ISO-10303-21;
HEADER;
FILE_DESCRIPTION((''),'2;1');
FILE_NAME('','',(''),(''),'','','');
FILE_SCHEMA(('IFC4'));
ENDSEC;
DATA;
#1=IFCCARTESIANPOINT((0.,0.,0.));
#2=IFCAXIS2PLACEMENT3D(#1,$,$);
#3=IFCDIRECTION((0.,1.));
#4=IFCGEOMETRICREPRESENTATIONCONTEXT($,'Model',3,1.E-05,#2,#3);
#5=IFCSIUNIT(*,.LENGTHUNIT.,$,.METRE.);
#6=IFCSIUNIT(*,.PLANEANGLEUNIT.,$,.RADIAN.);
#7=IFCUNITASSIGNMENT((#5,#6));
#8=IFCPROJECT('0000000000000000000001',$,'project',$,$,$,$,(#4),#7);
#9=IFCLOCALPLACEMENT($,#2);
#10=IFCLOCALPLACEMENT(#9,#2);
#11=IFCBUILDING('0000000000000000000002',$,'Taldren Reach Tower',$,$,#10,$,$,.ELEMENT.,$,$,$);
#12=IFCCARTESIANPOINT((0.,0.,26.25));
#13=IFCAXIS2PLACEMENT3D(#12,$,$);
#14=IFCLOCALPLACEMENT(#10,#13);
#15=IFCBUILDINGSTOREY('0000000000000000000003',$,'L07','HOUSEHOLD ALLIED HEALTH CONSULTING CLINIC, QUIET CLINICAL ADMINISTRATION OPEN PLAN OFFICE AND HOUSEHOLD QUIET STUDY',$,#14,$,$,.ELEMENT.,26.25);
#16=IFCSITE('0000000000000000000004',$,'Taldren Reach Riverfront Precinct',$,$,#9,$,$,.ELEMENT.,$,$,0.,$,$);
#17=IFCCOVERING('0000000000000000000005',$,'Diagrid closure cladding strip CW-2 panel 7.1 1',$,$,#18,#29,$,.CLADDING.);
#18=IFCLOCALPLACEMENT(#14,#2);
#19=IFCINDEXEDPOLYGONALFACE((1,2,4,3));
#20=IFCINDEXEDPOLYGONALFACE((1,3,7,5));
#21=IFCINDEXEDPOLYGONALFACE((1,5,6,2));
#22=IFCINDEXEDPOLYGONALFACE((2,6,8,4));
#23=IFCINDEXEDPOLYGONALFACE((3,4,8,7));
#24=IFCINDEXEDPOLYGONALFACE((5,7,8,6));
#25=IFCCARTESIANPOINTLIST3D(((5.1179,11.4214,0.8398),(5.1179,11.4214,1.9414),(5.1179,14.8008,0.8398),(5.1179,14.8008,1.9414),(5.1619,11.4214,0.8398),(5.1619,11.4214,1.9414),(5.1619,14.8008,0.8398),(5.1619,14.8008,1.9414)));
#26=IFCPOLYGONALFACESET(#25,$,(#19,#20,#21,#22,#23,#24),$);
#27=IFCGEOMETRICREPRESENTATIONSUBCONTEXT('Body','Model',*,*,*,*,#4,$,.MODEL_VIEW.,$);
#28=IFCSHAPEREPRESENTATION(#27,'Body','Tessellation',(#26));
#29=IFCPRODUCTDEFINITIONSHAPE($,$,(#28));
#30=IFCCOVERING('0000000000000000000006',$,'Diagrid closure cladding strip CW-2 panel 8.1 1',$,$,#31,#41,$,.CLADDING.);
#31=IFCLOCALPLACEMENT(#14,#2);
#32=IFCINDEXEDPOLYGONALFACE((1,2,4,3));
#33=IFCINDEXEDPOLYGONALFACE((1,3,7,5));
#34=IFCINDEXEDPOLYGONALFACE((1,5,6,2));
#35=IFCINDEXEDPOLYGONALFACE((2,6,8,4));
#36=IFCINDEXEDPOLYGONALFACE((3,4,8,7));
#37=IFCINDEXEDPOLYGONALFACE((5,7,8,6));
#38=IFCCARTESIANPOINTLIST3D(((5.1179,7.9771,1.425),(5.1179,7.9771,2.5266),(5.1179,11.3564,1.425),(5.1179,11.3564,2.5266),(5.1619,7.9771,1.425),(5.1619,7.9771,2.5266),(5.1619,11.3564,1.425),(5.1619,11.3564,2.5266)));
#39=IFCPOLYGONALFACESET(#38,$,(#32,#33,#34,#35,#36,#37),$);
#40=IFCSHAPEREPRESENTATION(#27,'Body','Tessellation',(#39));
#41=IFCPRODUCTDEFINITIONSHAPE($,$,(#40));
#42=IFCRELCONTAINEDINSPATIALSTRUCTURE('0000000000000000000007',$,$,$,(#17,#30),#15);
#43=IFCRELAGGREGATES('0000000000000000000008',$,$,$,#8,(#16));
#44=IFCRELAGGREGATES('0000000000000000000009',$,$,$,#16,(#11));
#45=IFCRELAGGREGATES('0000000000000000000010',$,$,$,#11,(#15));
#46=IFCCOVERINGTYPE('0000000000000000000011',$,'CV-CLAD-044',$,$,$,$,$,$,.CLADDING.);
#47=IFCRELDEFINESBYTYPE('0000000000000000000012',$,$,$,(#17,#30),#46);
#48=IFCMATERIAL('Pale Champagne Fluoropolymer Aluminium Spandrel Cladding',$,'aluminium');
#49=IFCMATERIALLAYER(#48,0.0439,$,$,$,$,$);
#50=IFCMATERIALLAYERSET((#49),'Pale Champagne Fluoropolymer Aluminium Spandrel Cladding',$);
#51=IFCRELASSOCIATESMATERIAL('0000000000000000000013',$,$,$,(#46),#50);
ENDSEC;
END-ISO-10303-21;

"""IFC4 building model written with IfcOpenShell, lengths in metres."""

from ifc_helpers import new_model, si_unit, direction, frame, origin, origin_2d, place, context, subcontext, project, spatial, rectangle, extrude, source, transform, mapped, material, layer, layer_set, type_object, element, save


model = new_model("IFC4")

# Units and contexts
model_context = context("Model", 3, precision=1e-05, world=origin(), true_north=direction((0.0, 1.0)))
body_context = subcontext(model_context, "Body", "Model", "MODEL_VIEW")
ifc_project = project(units=[si_unit("LENGTHUNIT", "METRE"), si_unit("PLANEANGLEUNIT", "RADIAN")], contexts=[model_context])

# Site, building, storey
site_placement = place(None, origin())
site = spatial("IfcSite", under=ifc_project, at=site_placement, Name="Taldren Reach Riverfront Precinct", CompositionType="ELEMENT", RefElevation=0.0)
building_placement = place(site_placement, origin())
building = spatial("IfcBuilding", under=site, at=building_placement, Name="Taldren Reach Tower", CompositionType="ELEMENT")
storey_placement = place(building_placement, frame((0.0, 0.0, 26.25)))
storey = spatial("IfcBuildingStorey", under=building, at=storey_placement, Name="L07", Description="HOUSEHOLD ALLIED HEALTH CONSULTING CLINIC, QUIET CLINICAL ADMINISTRATION OPEN PLAN OFFICE AND HOUSEHOLD QUIET STUDY", CompositionType="ELEMENT", Elevation=26.25)

# Coverings
ifc_material_1 = material(Name="Pale Champagne Fluoropolymer Aluminium Spandrel Cladding", Category="aluminium")
ifc_layer_1 = layer(ifc_material_1, 0.0439)
ifc_layer_set_1 = layer_set([ifc_layer_1], Name="Pale Champagne Fluoropolymer Aluminium Spandrel Cladding")
covering_type = type_object("IfcCoveringType", Name="CV-CLAD-044", PredefinedType="CLADDING", material=ifc_layer_set_1)
shared_shape_1 = source(origin(), body_context, "Body", "SweptSolid", [
    extrude(rectangle(XDim=3.3794, YDim=0.0439, at=origin_2d()), origin(), (0.0, 0.0, 1.0), 1.1016),
])
for number, where, z_axis, x_axis, name in (
    (1, (5.1399, 13.1111, 0.8398), (0.0, 0.0, 1.0), (0.0, -1.0, 0.0), "Diagrid closure cladding strip CW-2 panel 7.1 1"),
    (2, (5.1399, 9.6667, 1.425), (0.0, 0.0, 1.0), (0.0, -1.0, 0.0), "Diagrid closure cladding strip CW-2 panel 8.1 1"),
):
    element("IfcCovering", number, at=place(storey_placement, frame(where, z_axis=z_axis, x_axis=x_axis)), inside=storey, type_object=covering_type, Name=name, PredefinedType="CLADDING", context=body_context, shape_type="MappedRepresentation", body=[
        mapped(shared_shape_1, transform((0.0, 0.0, 0.0), scale=1.0)),
    ])

save(model, "model.ifc")
